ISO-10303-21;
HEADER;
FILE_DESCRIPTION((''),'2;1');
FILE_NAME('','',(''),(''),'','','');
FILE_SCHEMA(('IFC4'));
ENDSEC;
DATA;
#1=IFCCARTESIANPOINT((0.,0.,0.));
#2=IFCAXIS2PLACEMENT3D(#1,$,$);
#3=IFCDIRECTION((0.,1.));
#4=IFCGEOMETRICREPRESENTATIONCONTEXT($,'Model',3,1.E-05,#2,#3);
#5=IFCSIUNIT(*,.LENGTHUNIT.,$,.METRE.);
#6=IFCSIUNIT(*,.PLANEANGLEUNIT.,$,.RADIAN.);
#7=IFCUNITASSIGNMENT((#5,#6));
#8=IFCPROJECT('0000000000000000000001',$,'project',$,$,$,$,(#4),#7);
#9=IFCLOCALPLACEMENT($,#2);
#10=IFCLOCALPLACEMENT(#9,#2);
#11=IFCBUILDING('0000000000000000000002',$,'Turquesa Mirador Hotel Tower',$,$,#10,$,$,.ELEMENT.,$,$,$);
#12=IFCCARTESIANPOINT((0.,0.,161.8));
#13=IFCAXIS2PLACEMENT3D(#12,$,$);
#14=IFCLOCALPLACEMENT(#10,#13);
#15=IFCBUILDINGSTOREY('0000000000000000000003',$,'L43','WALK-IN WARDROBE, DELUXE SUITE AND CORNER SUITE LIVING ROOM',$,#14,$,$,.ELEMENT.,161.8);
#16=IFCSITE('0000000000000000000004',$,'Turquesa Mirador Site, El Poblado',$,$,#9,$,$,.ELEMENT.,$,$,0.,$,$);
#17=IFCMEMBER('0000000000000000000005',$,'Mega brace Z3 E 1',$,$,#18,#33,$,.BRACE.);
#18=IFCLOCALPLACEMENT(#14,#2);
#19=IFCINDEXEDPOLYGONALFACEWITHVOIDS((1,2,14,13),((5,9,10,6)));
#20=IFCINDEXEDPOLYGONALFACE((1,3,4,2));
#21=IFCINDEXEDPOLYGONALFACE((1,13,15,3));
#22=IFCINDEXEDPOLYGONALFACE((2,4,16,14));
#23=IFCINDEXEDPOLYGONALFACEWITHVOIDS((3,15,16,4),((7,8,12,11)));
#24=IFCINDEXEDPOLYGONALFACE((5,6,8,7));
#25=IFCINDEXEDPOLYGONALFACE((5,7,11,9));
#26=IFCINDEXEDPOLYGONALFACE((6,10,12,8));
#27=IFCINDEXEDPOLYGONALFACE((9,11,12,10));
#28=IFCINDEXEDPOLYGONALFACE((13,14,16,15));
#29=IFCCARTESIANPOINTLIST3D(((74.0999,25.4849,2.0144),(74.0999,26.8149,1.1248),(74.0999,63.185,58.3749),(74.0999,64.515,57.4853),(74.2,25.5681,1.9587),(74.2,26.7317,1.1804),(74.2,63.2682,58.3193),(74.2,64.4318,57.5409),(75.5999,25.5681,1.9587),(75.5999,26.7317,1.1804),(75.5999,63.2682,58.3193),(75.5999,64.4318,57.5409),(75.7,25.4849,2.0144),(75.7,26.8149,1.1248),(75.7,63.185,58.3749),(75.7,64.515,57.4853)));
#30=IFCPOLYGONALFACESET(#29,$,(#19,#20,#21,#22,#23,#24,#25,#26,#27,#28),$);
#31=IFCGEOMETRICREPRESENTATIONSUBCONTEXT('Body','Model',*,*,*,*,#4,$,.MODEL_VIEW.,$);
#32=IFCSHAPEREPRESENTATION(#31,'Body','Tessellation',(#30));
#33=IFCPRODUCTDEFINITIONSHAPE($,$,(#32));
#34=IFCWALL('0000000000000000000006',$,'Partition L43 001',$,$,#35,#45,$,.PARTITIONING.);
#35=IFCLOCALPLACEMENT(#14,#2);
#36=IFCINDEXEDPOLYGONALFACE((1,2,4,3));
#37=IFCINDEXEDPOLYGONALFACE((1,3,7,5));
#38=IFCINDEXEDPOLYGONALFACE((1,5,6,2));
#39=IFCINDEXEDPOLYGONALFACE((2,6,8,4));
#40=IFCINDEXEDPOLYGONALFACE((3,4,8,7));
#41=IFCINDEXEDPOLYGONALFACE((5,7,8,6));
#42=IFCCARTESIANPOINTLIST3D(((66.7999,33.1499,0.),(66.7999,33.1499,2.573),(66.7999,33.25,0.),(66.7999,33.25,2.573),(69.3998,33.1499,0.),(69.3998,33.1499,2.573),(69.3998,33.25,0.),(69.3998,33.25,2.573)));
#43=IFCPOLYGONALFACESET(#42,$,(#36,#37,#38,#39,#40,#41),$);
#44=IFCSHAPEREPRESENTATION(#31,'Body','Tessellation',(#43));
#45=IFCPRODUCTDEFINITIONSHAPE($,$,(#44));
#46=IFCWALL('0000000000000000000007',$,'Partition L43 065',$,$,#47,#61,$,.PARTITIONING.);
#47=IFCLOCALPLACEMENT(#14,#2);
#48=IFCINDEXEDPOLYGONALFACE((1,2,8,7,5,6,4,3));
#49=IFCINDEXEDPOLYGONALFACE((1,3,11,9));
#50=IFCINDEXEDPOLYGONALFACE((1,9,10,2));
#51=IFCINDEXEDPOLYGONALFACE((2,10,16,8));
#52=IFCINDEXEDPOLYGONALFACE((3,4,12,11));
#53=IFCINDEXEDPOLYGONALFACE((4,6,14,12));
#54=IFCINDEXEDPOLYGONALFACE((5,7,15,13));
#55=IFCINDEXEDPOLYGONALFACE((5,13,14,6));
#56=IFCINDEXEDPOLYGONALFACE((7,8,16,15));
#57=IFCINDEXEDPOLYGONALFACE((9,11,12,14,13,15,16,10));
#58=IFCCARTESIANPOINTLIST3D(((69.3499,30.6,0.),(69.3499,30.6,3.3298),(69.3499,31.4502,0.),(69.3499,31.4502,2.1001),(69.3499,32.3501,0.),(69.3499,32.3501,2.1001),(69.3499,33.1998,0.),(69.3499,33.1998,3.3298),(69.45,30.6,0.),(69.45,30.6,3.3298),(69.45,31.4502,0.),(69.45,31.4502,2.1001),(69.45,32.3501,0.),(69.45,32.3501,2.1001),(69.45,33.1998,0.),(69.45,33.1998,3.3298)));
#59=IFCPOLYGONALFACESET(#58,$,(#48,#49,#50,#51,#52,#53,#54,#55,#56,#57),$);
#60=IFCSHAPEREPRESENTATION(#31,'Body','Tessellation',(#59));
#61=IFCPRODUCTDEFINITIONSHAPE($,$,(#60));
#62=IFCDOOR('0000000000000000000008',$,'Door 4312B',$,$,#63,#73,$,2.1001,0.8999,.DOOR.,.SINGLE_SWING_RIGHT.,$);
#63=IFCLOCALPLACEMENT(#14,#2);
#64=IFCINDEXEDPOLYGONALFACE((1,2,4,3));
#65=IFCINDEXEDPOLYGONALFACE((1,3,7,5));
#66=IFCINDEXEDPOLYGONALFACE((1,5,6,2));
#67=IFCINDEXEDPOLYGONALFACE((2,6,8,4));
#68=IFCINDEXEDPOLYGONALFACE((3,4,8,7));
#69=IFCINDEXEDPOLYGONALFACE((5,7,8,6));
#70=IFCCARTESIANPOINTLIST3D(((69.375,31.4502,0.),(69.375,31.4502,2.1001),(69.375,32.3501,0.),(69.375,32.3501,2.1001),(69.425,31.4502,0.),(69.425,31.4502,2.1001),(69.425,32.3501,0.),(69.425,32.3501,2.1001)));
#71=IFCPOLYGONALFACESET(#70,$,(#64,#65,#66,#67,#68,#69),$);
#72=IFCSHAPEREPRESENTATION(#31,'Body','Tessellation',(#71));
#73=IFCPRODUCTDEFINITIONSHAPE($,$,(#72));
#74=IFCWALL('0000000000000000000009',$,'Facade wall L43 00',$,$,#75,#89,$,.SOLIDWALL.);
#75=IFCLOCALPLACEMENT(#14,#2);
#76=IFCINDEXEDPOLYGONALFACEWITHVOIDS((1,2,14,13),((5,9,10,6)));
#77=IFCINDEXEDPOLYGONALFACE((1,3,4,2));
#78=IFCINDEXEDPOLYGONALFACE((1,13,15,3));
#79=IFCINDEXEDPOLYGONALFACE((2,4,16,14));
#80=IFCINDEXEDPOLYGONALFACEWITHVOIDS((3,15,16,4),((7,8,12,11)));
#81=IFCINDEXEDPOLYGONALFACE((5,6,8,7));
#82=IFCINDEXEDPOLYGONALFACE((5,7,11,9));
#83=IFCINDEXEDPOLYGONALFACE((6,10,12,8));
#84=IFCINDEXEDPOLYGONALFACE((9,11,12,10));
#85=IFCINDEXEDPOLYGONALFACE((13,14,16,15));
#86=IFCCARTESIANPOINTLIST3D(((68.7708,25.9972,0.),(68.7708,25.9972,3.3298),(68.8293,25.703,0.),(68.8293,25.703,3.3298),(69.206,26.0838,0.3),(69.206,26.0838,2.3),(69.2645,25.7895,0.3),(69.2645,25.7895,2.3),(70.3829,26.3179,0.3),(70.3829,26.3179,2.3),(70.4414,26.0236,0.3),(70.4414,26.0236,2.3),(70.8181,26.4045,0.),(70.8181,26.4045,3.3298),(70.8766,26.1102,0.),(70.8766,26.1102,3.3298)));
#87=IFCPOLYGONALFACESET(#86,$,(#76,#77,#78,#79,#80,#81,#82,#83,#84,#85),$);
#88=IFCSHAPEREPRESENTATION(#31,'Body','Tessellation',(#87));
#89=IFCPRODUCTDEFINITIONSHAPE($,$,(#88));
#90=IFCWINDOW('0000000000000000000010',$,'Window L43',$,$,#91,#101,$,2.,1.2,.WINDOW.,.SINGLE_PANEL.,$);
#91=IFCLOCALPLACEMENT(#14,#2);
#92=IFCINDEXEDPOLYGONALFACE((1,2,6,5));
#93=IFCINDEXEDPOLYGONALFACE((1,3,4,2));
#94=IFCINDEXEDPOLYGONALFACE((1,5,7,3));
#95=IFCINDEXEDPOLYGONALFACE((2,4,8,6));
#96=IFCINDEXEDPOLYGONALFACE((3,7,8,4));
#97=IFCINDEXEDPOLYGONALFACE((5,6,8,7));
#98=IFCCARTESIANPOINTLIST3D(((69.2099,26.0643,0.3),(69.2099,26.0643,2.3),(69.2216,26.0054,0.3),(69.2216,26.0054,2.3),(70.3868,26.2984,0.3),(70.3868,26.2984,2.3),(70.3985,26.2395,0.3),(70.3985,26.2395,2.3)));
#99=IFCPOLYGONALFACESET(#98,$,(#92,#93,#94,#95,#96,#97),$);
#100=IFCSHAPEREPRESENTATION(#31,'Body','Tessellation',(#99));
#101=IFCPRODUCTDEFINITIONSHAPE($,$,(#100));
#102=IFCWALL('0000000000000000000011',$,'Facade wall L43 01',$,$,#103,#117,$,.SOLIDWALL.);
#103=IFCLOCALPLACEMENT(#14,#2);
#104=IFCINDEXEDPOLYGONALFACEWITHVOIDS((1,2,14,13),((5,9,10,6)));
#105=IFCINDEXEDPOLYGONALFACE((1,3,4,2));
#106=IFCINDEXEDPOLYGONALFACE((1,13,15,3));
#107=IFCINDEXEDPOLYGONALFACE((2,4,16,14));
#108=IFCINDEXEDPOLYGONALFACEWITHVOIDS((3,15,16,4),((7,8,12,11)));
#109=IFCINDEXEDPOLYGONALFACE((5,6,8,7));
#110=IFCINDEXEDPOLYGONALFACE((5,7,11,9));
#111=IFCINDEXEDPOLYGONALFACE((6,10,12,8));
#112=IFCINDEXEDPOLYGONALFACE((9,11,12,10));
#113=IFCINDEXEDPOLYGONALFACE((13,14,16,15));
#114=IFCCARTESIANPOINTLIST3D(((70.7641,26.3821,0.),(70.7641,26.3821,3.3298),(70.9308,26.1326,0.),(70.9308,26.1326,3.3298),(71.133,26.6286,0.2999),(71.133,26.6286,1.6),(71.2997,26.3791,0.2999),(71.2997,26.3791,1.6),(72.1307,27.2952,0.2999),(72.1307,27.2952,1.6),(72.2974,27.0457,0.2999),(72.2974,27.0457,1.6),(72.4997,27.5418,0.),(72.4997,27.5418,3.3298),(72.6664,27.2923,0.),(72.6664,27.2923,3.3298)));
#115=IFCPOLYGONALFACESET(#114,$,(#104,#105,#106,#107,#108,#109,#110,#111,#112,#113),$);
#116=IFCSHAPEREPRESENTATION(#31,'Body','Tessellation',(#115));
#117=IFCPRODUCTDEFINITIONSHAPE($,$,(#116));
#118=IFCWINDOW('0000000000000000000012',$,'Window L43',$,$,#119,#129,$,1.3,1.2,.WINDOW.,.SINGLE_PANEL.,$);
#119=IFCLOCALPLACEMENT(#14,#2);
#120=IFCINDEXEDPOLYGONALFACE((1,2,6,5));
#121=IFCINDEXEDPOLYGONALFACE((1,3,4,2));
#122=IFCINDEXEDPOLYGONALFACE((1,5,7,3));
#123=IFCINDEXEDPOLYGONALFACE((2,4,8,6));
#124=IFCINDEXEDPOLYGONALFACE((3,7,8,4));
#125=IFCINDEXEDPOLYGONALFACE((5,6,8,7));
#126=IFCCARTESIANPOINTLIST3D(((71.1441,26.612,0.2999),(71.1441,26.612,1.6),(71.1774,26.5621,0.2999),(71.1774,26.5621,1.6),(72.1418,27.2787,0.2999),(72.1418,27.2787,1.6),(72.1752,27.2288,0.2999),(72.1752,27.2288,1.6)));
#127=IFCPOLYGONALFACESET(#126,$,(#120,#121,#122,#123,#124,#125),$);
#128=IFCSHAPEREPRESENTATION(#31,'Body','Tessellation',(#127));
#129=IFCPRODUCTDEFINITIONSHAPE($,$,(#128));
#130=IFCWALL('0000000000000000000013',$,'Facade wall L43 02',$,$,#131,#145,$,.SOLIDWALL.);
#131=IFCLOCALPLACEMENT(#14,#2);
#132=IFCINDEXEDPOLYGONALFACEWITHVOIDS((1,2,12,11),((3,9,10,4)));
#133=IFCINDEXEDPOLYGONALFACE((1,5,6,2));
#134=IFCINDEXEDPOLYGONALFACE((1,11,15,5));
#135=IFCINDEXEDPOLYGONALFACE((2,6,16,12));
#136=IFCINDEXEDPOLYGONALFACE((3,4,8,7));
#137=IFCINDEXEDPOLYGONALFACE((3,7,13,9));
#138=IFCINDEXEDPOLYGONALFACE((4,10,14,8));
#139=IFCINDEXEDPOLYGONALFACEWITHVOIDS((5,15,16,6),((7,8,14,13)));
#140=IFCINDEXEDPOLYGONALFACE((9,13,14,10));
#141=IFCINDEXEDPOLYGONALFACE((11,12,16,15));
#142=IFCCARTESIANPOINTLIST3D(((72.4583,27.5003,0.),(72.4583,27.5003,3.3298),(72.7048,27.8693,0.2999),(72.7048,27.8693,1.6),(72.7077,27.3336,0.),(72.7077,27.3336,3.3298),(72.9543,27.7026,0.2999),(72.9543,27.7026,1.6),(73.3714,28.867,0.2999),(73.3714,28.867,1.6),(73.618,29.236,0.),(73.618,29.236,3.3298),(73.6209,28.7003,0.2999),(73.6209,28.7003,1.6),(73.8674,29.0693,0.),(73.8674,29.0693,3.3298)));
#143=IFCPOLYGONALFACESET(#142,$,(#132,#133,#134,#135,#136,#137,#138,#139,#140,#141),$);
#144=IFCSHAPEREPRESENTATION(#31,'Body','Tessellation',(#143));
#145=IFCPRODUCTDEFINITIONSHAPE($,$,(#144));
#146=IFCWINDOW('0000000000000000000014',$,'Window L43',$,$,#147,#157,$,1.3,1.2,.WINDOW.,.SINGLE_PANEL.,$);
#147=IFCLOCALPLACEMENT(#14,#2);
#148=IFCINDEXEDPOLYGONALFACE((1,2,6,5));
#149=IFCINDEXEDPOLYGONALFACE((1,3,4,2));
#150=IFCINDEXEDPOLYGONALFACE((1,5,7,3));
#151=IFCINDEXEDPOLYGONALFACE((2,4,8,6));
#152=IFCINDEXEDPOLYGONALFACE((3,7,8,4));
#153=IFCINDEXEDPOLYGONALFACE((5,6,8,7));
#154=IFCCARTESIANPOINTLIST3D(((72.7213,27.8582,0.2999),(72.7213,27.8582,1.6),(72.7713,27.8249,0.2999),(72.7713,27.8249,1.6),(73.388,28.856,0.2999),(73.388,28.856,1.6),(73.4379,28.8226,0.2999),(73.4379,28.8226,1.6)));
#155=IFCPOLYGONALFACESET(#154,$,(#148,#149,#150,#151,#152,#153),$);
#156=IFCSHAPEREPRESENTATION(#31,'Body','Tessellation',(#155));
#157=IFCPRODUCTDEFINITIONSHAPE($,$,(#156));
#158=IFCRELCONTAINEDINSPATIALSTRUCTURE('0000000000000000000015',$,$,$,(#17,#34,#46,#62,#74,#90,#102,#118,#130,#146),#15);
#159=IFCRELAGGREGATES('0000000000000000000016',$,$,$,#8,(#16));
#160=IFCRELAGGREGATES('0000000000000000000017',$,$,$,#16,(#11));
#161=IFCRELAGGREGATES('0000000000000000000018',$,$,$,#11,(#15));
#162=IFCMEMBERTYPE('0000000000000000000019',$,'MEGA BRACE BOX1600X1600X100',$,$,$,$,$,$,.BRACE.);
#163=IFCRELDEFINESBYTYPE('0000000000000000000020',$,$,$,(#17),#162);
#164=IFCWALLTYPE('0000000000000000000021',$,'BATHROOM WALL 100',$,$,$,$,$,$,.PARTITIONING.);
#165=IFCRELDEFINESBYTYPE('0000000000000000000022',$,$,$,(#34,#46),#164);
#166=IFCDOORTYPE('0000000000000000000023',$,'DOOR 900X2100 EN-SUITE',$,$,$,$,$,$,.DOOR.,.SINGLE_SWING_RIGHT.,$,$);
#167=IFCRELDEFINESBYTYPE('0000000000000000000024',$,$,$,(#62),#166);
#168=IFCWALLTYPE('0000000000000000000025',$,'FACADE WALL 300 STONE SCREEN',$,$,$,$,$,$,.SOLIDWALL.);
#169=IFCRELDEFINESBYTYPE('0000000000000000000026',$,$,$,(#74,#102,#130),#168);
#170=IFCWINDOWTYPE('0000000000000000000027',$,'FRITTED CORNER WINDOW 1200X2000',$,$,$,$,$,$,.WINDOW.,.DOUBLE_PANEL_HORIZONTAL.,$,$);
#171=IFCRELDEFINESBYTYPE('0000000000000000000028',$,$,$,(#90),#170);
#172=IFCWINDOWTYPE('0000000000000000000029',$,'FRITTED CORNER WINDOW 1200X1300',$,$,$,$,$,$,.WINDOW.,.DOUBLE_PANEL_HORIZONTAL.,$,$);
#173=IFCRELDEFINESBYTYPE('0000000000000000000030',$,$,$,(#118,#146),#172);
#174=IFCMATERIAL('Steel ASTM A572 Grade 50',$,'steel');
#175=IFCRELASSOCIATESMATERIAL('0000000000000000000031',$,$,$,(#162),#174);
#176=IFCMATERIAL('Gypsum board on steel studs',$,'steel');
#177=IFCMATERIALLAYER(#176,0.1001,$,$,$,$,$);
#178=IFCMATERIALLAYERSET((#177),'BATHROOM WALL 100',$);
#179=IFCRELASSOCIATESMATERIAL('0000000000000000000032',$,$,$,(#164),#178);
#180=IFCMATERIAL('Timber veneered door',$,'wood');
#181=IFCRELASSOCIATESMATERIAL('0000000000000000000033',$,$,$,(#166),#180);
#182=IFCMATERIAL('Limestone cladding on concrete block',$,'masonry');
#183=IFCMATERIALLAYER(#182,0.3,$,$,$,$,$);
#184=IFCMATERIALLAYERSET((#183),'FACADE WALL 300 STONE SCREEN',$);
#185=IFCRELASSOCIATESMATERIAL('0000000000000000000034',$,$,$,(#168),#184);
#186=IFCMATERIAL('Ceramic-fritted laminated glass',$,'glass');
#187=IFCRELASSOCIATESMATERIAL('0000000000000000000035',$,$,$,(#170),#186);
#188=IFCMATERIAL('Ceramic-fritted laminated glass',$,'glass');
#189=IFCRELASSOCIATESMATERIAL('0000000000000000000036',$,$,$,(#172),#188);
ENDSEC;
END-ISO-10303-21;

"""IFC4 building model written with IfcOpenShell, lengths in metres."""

from ifc_helpers import new_model, si_unit, direction, frame, frame_2d, origin, origin_2d, place, context, subcontext, project, spatial, rectangle, hollow_rectangle, extrude, material, layer, layer_set, material_profile, profile_set, type_object, element, fill, save


model = new_model("IFC4")

# Units and contexts
model_context = context("Model", 3, precision=1e-05, world=origin(), true_north=direction((0.0, 1.0)))
body_context = subcontext(model_context, "Body", "Model", "MODEL_VIEW")
ifc_project = project(units=[si_unit("LENGTHUNIT", "METRE"), si_unit("PLANEANGLEUNIT", "RADIAN")], contexts=[model_context])

# Site, building, storey
site_placement = place(None, origin())
site = spatial("IfcSite", under=ifc_project, at=site_placement, Name="Turquesa Mirador Site, El Poblado", CompositionType="ELEMENT", RefElevation=0.0)
building_placement = place(site_placement, origin())
building = spatial("IfcBuilding", under=site, at=building_placement, Name="Turquesa Mirador Hotel Tower", CompositionType="ELEMENT")
storey_placement = place(building_placement, frame((0.0, 0.0, 161.8)))
storey = spatial("IfcBuildingStorey", under=building, at=storey_placement, Name="L43", Description="WALK-IN WARDROBE, DELUXE SUITE AND CORNER SUITE LIVING ROOM", CompositionType="ELEMENT", Elevation=161.8)

# Member
ifc_material_1 = material(Name="Steel ASTM A572 Grade 50", Category="steel")
ifc_material_profile_1 = material_profile(ifc_material_1, hollow_rectangle(XDim=1.6001, YDim=1.6001, WallThickness=0.1001, at=origin_2d()), Name="BOX1600X1600X100")
ifc_profile_set_1 = profile_set([ifc_material_profile_1], Name="Steel ASTM A572 Grade 50")
member_type = type_object("IfcMemberType", Name="MEGA BRACE BOX1600X1600X100", PredefinedType="BRACE", material=ifc_profile_set_1)
for number, where, z_axis, x_axis, name in (
    (1, (74.8999, 26.1499, 1.5696), (0.0, 0.555991, 0.831188), (-1.0, 0.0, 0.0), "Mega brace Z3 E 1"),
):
    element("IfcMember", number, at=place(storey_placement, frame(where, z_axis=z_axis, x_axis=x_axis)), inside=storey, type_object=member_type, Name=name, PredefinedType="BRACE", context=body_context, shape_type="SweptSolid", body=[
        extrude(hollow_rectangle(XDim=1.6001, YDim=1.6001, WallThickness=0.1001, at=origin_2d()), origin(), (0.0, 0.0, 1.0), 67.8071),
    ])

# Wall
ifc_material_2 = material(Name="Gypsum board on steel studs", Category="steel")
ifc_layer_1 = layer(ifc_material_2, 0.1001)
ifc_layer_set_1 = layer_set([ifc_layer_1], Name="BATHROOM WALL 100")
wall_type_1 = type_object("IfcWallType", Name="BATHROOM WALL 100", PredefinedType="PARTITIONING", material=ifc_layer_set_1)
wall_1_placement = place(storey_placement, frame((66.8, 33.2, 0.0), z_axis=(0.0, 0.0, 1.0), x_axis=(1.0, 0.0, 0.0)))
element("IfcWall", 2, at=wall_1_placement, inside=storey, type_object=wall_type_1, Name="Partition L43 001", PredefinedType="PARTITIONING", context=body_context, shape_type="SweptSolid", body=[
    extrude(rectangle(XDim=2.5999, YDim=0.1001, at=frame_2d((1.2998, 0.0))), origin(), (0.0, 0.0, 1.0), 2.573),
])

# Wall, opening, door
wall_2_placement = place(storey_placement, frame((69.3999, 30.6001, 0.0), z_axis=(0.0, 0.0, 1.0), x_axis=(0.0, 1.0, 0.0)))
wall_2 = element("IfcWall", 3, at=wall_2_placement, inside=storey, type_object=wall_type_1, Name="Partition L43 065", PredefinedType="PARTITIONING", context=body_context, shape_type="SweptSolid", body=[
    extrude(rectangle(XDim=2.5999, YDim=0.1001, at=frame_2d((1.2998, 0.0))), origin(), (0.0, 0.0, 1.0), 3.3298),
])
opening_1_placement = place(wall_2_placement, frame((0.8501, 0.0, 0.0)))
opening_1 = element("IfcOpeningElement", 4, at=opening_1_placement, cuts=wall_2, PredefinedType="OPENING", context=body_context, shape_type="SweptSolid", body=[
    extrude(rectangle(XDim=0.8999, YDim=2.1001, at=frame_2d((0.45, 1.05))), frame((0.0, 0.0601, 0.0), z_axis=(0.0, -1.0, 0.0), x_axis=(1.0, 0.0, 0.0)), (0.0, 0.0, 1.0), 0.1201),
])
ifc_material_3 = material(Name="Timber veneered door", Category="wood")
door_type_1 = type_object("IfcDoorType", Name="DOOR 900X2100 EN-SUITE", OperationType="SINGLE_SWING_RIGHT", PredefinedType="DOOR", material=ifc_material_3)
door_1_placement = place(opening_1_placement, origin())
door_1 = element("IfcDoor", 5, at=door_1_placement, inside=storey, type_object=door_type_1, Name="Door 4312B", OperationType="SINGLE_SWING_RIGHT", OverallHeight=2.1001, OverallWidth=0.8999, PredefinedType="DOOR", context=body_context, shape_type="SweptSolid", body=[
    extrude(rectangle(XDim=0.8999, YDim=2.1001, at=frame_2d((0.45, 1.05))), frame((0.0, 0.0249, 0.0), z_axis=(0.0, -1.0, 0.0), x_axis=(1.0, 0.0, 0.0)), (0.0, 0.0, 1.0), 0.05),
])
fill(opening_1, door_1)

# Walls, openings, windows
ifc_material_4 = material(Name="Limestone cladding on concrete block", Category="masonry")
ifc_layer_2 = layer(ifc_material_4, 0.3)
ifc_layer_set_2 = layer_set([ifc_layer_2], Name="FACADE WALL 300 STONE SCREEN")
wall_type_2 = type_object("IfcWallType", Name="FACADE WALL 300 STONE SCREEN", PredefinedType="SOLIDWALL", material=ifc_layer_set_2)
wall_3_placement = place(storey_placement, frame((68.8, 25.8501, 0.0), z_axis=(0.0, 0.0, 1.0), x_axis=(0.980787, 0.195081, 0.0)))
wall_3 = element("IfcWall", 6, at=wall_3_placement, inside=storey, type_object=wall_type_2, Name="Facade wall L43 00", PredefinedType="SOLIDWALL", context=body_context, shape_type="SweptSolid", body=[
    extrude(rectangle(XDim=2.0874, YDim=0.3, at=frame_2d((1.0437, 0.0))), origin(), (0.0, 0.0, 1.0), 3.3298),
])
opening_2_placement = place(wall_3_placement, frame((0.4436, 0.0, 0.3)))
opening_2 = element("IfcOpeningElement", 7, at=opening_2_placement, cuts=wall_3, PredefinedType="OPENING", context=body_context, shape_type="SweptSolid", body=[
    extrude(rectangle(XDim=1.2, YDim=2.0, at=frame_2d((0.6001, 1.0))), frame((0.0, 0.1599, 0.0), z_axis=(0.0, -1.0, 0.0), x_axis=(1.0, 0.0, 0.0)), (0.0, 0.0, 1.0), 0.3201),
])
ifc_material_5 = material(Name="Ceramic-fritted laminated glass", Category="glass")
window_type_1 = type_object("IfcWindowType", Name="FRITTED CORNER WINDOW 1200X2000", PartitioningType="DOUBLE_PANEL_HORIZONTAL", PredefinedType="WINDOW", material=ifc_material_5)
window_1_placement = place(opening_2_placement, origin())
window_1 = element("IfcWindow", 8, at=window_1_placement, inside=storey, type_object=window_type_1, Name="Window L43", OverallHeight=2.0, OverallWidth=1.2, PartitioningType="SINGLE_PANEL", PredefinedType="WINDOW", context=body_context, shape_type="SweptSolid", body=[
    extrude(rectangle(XDim=1.2, YDim=2.0, at=frame_2d((0.6001, 1.0))), frame((0.0, 0.1301, 0.0), z_axis=(0.0, -1.0, 0.0), x_axis=(1.0, 0.0, 0.0)), (0.0, 0.0, 1.0), 0.0601),
])
fill(opening_2, window_1)
wall_4_placement = place(storey_placement, frame((70.8474, 26.2573, 0.0), z_axis=(0.0, 0.0, 1.0), x_axis=(0.831474, 0.555564, 0.0)))
wall_4 = element("IfcWall", 9, at=wall_4_placement, inside=storey, type_object=wall_type_2, Name="Facade wall L43 01", PredefinedType="SOLIDWALL", context=body_context, shape_type="SweptSolid", body=[
    extrude(rectangle(XDim=2.0874, YDim=0.3, at=frame_2d((1.0437, 0.0))), origin(), (0.0, 0.0, 1.0), 3.3298),
])
opening_3_placement = place(wall_4_placement, frame((0.4436, 0.0, 0.3)))
opening_3 = element("IfcOpeningElement", 10, at=opening_3_placement, cuts=wall_4, PredefinedType="OPENING", context=body_context, shape_type="SweptSolid", body=[
    extrude(rectangle(XDim=1.2, YDim=1.3, at=frame_2d((0.6001, 0.6499))), frame((0.0, 0.1599, 0.0), z_axis=(0.0, -1.0, 0.0), x_axis=(1.0, 0.0, 0.0)), (0.0, 0.0, 1.0), 0.3201),
])
ifc_material_6 = material(Name="Ceramic-fritted laminated glass", Category="glass")
window_type_2 = type_object("IfcWindowType", Name="FRITTED CORNER WINDOW 1200X1300", PartitioningType="DOUBLE_PANEL_HORIZONTAL", PredefinedType="WINDOW", material=ifc_material_6)
window_2_placement = place(opening_3_placement, origin())
window_2 = element("IfcWindow", 11, at=window_2_placement, inside=storey, type_object=window_type_2, Name="Window L43", OverallHeight=1.3, OverallWidth=1.2, PartitioningType="SINGLE_PANEL", PredefinedType="WINDOW", context=body_context, shape_type="SweptSolid", body=[
    extrude(rectangle(XDim=1.2, YDim=1.3, at=frame_2d((0.6001, 0.6499))), frame((0.0, 0.1301, 0.0), z_axis=(0.0, -1.0, 0.0), x_axis=(1.0, 0.0, 0.0)), (0.0, 0.0, 1.0), 0.0601),
])
fill(opening_3, window_2)
wall_5_placement = place(storey_placement, frame((72.583, 27.417, 0.0), z_axis=(0.0, 0.0, 1.0), x_axis=(0.555564, 0.831474, 0.0)))
wall_5 = element("IfcWall", 12, at=wall_5_placement, inside=storey, type_object=wall_type_2, Name="Facade wall L43 02", PredefinedType="SOLIDWALL", context=body_context, shape_type="SweptSolid", body=[
    extrude(rectangle(XDim=2.0874, YDim=0.3, at=frame_2d((1.0437, 0.0))), origin(), (0.0, 0.0, 1.0), 3.3298),
])
opening_4_placement = place(wall_5_placement, frame((0.4436, 0.0, 0.3)))
opening_4 = element("IfcOpeningElement", 13, at=opening_4_placement, cuts=wall_5, PredefinedType="OPENING", context=body_context, shape_type="SweptSolid", body=[
    extrude(rectangle(XDim=1.2, YDim=1.3, at=frame_2d((0.6001, 0.6499))), frame((0.0, 0.1599, 0.0), z_axis=(0.0, -1.0, 0.0), x_axis=(1.0, 0.0, 0.0)), (0.0, 0.0, 1.0), 0.3201),
])
window_3_placement = place(opening_4_placement, origin())
window_3 = element("IfcWindow", 14, at=window_3_placement, inside=storey, type_object=window_type_2, Name="Window L43", OverallHeight=1.3, OverallWidth=1.2, PartitioningType="SINGLE_PANEL", PredefinedType="WINDOW", context=body_context, shape_type="SweptSolid", body=[
    extrude(rectangle(XDim=1.2, YDim=1.3, at=frame_2d((0.6001, 0.6499))), frame((0.0, 0.1301, 0.0), z_axis=(0.0, -1.0, 0.0), x_axis=(1.0, 0.0, 0.0)), (0.0, 0.0, 1.0), 0.0601),
])
fill(opening_4, window_3)

save(model, "model.ifc")
